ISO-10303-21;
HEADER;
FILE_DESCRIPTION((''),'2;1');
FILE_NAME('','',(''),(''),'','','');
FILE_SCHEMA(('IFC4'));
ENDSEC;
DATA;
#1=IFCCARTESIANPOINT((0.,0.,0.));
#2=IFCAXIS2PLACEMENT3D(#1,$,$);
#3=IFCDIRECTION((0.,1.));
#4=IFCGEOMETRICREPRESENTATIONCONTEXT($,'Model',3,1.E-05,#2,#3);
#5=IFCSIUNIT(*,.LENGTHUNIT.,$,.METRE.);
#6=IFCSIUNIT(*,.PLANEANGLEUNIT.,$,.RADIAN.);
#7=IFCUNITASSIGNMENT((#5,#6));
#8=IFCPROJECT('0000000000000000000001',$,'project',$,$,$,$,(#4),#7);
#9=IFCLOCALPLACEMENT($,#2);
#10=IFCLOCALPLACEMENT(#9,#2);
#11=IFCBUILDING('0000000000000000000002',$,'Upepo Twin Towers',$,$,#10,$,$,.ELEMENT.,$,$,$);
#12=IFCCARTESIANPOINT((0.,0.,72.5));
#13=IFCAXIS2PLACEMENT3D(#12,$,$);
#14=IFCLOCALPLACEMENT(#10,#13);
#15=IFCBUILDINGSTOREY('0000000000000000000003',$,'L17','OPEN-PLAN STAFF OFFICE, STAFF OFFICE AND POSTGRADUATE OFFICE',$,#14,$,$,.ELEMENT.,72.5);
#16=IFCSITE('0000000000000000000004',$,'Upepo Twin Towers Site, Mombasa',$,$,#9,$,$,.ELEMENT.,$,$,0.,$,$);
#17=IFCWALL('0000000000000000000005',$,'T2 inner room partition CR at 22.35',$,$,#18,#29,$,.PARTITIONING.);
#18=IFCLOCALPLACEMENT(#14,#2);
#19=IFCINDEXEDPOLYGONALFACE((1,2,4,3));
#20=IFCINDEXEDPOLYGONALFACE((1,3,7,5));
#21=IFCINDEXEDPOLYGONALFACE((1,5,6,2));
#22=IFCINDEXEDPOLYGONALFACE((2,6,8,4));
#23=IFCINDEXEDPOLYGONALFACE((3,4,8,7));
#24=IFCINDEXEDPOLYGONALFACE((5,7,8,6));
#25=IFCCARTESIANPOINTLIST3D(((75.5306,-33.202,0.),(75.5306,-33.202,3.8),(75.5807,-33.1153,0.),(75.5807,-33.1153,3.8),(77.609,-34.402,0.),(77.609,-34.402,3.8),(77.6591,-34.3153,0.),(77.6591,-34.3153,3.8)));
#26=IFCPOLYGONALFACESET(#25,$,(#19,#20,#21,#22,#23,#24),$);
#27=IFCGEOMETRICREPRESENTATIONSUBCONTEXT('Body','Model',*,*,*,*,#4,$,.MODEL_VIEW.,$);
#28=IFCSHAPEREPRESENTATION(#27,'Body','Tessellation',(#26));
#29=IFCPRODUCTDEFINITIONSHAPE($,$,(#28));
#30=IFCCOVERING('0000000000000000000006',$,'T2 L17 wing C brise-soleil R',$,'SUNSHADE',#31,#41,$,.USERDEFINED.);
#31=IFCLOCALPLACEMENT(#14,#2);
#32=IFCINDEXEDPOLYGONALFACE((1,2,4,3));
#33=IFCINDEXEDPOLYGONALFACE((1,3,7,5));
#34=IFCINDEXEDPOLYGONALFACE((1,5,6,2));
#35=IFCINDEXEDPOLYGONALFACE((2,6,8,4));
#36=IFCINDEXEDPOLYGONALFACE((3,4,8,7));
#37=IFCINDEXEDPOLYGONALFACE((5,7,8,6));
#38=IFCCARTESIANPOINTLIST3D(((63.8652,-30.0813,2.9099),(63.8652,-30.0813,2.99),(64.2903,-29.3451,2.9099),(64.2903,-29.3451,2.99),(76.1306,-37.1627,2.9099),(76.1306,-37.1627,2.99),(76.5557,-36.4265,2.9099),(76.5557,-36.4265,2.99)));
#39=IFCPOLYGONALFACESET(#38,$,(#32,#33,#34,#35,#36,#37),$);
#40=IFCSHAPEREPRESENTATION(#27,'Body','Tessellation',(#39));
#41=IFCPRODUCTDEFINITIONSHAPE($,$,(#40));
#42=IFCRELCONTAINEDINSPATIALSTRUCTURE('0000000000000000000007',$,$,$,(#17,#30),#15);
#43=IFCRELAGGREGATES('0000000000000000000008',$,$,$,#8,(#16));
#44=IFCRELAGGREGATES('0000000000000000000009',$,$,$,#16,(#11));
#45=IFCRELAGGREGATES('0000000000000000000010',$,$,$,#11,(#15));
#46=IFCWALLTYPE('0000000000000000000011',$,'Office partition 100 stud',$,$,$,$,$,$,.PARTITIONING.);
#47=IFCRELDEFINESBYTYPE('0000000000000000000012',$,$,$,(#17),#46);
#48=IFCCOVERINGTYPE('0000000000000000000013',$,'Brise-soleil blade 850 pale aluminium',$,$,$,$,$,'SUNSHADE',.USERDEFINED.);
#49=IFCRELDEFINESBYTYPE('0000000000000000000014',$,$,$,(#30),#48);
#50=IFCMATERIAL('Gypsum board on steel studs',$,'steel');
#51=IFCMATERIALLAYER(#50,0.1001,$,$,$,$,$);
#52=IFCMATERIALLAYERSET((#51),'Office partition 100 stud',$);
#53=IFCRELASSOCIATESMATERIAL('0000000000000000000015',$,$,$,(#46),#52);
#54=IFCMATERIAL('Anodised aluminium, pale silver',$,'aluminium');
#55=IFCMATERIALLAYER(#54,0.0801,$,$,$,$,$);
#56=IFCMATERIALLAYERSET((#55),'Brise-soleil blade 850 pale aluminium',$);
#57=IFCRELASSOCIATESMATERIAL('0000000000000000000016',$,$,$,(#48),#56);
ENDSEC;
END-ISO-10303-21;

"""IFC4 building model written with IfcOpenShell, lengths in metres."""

from ifc_helpers import new_model, si_unit, direction, frame, frame_2d, origin, origin_2d, place, context, subcontext, project, spatial, rectangle, extrude, material, layer, layer_set, type_object, element, save


model = new_model("IFC4")

# Units and contexts
model_context = context("Model", 3, precision=1e-05, world=origin(), true_north=direction((0.0, 1.0)))
body_context = subcontext(model_context, "Body", "Model", "MODEL_VIEW")
ifc_project = project(units=[si_unit("LENGTHUNIT", "METRE"), si_unit("PLANEANGLEUNIT", "RADIAN")], contexts=[model_context])

# Site, building, storey
site_placement = place(None, origin())
site = spatial("IfcSite", under=ifc_project, at=site_placement, Name="Upepo Twin Towers Site, Mombasa", CompositionType="ELEMENT", RefElevation=0.0)
building_placement = place(site_placement, origin())
building = spatial("IfcBuilding", under=site, at=building_placement, Name="Upepo Twin Towers", CompositionType="ELEMENT")
storey_placement = place(building_placement, frame((0.0, 0.0, 72.5)))
storey = spatial("IfcBuildingStorey", under=building, at=storey_placement, Name="L17", Description="OPEN-PLAN STAFF OFFICE, STAFF OFFICE AND POSTGRADUATE OFFICE", CompositionType="ELEMENT", Elevation=72.5)

# Wall
ifc_material_1 = material(Name="Gypsum board on steel studs", Category="steel")
ifc_layer_1 = layer(ifc_material_1, 0.1001)
ifc_layer_set_1 = layer_set([ifc_layer_1], Name="Office partition 100 stud")
wall_type_1 = type_object("IfcWallType", Name="Office partition 100 stud", PredefinedType="PARTITIONING", material=ifc_layer_set_1)
wall_1_placement = place(storey_placement, frame((75.5557, -33.1587, 0.0), z_axis=(0.0, 0.0, 1.0), x_axis=(0.866025, -0.500001, 0.0)))
element("IfcWall", 1, at=wall_1_placement, inside=storey, type_object=wall_type_1, Name="T2 inner room partition CR at 22.35", PredefinedType="PARTITIONING", context=body_context, shape_type="SweptSolid", body=[
    extrude(rectangle(XDim=2.3999, YDim=0.1001, at=frame_2d((1.2, 0.0))), origin(), (0.0, 0.0, 1.0), 3.8),
])

# Covering
ifc_material_2 = material(Name="Anodised aluminium, pale silver", Category="aluminium")
ifc_layer_2 = layer(ifc_material_2, 0.0801)
ifc_layer_set_2 = layer_set([ifc_layer_2], Name="Brise-soleil blade 850 pale aluminium")
covering_type = type_object("IfcCoveringType", Name="Brise-soleil blade 850 pale aluminium", ElementType="SUNSHADE", PredefinedType="USERDEFINED", material=ifc_layer_set_2)
covering_placement = place(storey_placement, frame((70.2104, -33.2539, 2.9099), z_axis=(0.0, 0.0, 1.0), x_axis=(0.866025, -0.5, 0.0)))
element("IfcCovering", 2, at=covering_placement, inside=storey, type_object=covering_type, Name="T2 L17 wing C brise-soleil R", ObjectType="SUNSHADE", PredefinedType="USERDEFINED", context=body_context, shape_type="SweptSolid", body=[
    extrude(rectangle(XDim=14.1628, YDim=0.8501, at=origin_2d()), origin(), (0.0, 0.0, 1.0), 0.0801),
])

save(model, "model.ifc")
